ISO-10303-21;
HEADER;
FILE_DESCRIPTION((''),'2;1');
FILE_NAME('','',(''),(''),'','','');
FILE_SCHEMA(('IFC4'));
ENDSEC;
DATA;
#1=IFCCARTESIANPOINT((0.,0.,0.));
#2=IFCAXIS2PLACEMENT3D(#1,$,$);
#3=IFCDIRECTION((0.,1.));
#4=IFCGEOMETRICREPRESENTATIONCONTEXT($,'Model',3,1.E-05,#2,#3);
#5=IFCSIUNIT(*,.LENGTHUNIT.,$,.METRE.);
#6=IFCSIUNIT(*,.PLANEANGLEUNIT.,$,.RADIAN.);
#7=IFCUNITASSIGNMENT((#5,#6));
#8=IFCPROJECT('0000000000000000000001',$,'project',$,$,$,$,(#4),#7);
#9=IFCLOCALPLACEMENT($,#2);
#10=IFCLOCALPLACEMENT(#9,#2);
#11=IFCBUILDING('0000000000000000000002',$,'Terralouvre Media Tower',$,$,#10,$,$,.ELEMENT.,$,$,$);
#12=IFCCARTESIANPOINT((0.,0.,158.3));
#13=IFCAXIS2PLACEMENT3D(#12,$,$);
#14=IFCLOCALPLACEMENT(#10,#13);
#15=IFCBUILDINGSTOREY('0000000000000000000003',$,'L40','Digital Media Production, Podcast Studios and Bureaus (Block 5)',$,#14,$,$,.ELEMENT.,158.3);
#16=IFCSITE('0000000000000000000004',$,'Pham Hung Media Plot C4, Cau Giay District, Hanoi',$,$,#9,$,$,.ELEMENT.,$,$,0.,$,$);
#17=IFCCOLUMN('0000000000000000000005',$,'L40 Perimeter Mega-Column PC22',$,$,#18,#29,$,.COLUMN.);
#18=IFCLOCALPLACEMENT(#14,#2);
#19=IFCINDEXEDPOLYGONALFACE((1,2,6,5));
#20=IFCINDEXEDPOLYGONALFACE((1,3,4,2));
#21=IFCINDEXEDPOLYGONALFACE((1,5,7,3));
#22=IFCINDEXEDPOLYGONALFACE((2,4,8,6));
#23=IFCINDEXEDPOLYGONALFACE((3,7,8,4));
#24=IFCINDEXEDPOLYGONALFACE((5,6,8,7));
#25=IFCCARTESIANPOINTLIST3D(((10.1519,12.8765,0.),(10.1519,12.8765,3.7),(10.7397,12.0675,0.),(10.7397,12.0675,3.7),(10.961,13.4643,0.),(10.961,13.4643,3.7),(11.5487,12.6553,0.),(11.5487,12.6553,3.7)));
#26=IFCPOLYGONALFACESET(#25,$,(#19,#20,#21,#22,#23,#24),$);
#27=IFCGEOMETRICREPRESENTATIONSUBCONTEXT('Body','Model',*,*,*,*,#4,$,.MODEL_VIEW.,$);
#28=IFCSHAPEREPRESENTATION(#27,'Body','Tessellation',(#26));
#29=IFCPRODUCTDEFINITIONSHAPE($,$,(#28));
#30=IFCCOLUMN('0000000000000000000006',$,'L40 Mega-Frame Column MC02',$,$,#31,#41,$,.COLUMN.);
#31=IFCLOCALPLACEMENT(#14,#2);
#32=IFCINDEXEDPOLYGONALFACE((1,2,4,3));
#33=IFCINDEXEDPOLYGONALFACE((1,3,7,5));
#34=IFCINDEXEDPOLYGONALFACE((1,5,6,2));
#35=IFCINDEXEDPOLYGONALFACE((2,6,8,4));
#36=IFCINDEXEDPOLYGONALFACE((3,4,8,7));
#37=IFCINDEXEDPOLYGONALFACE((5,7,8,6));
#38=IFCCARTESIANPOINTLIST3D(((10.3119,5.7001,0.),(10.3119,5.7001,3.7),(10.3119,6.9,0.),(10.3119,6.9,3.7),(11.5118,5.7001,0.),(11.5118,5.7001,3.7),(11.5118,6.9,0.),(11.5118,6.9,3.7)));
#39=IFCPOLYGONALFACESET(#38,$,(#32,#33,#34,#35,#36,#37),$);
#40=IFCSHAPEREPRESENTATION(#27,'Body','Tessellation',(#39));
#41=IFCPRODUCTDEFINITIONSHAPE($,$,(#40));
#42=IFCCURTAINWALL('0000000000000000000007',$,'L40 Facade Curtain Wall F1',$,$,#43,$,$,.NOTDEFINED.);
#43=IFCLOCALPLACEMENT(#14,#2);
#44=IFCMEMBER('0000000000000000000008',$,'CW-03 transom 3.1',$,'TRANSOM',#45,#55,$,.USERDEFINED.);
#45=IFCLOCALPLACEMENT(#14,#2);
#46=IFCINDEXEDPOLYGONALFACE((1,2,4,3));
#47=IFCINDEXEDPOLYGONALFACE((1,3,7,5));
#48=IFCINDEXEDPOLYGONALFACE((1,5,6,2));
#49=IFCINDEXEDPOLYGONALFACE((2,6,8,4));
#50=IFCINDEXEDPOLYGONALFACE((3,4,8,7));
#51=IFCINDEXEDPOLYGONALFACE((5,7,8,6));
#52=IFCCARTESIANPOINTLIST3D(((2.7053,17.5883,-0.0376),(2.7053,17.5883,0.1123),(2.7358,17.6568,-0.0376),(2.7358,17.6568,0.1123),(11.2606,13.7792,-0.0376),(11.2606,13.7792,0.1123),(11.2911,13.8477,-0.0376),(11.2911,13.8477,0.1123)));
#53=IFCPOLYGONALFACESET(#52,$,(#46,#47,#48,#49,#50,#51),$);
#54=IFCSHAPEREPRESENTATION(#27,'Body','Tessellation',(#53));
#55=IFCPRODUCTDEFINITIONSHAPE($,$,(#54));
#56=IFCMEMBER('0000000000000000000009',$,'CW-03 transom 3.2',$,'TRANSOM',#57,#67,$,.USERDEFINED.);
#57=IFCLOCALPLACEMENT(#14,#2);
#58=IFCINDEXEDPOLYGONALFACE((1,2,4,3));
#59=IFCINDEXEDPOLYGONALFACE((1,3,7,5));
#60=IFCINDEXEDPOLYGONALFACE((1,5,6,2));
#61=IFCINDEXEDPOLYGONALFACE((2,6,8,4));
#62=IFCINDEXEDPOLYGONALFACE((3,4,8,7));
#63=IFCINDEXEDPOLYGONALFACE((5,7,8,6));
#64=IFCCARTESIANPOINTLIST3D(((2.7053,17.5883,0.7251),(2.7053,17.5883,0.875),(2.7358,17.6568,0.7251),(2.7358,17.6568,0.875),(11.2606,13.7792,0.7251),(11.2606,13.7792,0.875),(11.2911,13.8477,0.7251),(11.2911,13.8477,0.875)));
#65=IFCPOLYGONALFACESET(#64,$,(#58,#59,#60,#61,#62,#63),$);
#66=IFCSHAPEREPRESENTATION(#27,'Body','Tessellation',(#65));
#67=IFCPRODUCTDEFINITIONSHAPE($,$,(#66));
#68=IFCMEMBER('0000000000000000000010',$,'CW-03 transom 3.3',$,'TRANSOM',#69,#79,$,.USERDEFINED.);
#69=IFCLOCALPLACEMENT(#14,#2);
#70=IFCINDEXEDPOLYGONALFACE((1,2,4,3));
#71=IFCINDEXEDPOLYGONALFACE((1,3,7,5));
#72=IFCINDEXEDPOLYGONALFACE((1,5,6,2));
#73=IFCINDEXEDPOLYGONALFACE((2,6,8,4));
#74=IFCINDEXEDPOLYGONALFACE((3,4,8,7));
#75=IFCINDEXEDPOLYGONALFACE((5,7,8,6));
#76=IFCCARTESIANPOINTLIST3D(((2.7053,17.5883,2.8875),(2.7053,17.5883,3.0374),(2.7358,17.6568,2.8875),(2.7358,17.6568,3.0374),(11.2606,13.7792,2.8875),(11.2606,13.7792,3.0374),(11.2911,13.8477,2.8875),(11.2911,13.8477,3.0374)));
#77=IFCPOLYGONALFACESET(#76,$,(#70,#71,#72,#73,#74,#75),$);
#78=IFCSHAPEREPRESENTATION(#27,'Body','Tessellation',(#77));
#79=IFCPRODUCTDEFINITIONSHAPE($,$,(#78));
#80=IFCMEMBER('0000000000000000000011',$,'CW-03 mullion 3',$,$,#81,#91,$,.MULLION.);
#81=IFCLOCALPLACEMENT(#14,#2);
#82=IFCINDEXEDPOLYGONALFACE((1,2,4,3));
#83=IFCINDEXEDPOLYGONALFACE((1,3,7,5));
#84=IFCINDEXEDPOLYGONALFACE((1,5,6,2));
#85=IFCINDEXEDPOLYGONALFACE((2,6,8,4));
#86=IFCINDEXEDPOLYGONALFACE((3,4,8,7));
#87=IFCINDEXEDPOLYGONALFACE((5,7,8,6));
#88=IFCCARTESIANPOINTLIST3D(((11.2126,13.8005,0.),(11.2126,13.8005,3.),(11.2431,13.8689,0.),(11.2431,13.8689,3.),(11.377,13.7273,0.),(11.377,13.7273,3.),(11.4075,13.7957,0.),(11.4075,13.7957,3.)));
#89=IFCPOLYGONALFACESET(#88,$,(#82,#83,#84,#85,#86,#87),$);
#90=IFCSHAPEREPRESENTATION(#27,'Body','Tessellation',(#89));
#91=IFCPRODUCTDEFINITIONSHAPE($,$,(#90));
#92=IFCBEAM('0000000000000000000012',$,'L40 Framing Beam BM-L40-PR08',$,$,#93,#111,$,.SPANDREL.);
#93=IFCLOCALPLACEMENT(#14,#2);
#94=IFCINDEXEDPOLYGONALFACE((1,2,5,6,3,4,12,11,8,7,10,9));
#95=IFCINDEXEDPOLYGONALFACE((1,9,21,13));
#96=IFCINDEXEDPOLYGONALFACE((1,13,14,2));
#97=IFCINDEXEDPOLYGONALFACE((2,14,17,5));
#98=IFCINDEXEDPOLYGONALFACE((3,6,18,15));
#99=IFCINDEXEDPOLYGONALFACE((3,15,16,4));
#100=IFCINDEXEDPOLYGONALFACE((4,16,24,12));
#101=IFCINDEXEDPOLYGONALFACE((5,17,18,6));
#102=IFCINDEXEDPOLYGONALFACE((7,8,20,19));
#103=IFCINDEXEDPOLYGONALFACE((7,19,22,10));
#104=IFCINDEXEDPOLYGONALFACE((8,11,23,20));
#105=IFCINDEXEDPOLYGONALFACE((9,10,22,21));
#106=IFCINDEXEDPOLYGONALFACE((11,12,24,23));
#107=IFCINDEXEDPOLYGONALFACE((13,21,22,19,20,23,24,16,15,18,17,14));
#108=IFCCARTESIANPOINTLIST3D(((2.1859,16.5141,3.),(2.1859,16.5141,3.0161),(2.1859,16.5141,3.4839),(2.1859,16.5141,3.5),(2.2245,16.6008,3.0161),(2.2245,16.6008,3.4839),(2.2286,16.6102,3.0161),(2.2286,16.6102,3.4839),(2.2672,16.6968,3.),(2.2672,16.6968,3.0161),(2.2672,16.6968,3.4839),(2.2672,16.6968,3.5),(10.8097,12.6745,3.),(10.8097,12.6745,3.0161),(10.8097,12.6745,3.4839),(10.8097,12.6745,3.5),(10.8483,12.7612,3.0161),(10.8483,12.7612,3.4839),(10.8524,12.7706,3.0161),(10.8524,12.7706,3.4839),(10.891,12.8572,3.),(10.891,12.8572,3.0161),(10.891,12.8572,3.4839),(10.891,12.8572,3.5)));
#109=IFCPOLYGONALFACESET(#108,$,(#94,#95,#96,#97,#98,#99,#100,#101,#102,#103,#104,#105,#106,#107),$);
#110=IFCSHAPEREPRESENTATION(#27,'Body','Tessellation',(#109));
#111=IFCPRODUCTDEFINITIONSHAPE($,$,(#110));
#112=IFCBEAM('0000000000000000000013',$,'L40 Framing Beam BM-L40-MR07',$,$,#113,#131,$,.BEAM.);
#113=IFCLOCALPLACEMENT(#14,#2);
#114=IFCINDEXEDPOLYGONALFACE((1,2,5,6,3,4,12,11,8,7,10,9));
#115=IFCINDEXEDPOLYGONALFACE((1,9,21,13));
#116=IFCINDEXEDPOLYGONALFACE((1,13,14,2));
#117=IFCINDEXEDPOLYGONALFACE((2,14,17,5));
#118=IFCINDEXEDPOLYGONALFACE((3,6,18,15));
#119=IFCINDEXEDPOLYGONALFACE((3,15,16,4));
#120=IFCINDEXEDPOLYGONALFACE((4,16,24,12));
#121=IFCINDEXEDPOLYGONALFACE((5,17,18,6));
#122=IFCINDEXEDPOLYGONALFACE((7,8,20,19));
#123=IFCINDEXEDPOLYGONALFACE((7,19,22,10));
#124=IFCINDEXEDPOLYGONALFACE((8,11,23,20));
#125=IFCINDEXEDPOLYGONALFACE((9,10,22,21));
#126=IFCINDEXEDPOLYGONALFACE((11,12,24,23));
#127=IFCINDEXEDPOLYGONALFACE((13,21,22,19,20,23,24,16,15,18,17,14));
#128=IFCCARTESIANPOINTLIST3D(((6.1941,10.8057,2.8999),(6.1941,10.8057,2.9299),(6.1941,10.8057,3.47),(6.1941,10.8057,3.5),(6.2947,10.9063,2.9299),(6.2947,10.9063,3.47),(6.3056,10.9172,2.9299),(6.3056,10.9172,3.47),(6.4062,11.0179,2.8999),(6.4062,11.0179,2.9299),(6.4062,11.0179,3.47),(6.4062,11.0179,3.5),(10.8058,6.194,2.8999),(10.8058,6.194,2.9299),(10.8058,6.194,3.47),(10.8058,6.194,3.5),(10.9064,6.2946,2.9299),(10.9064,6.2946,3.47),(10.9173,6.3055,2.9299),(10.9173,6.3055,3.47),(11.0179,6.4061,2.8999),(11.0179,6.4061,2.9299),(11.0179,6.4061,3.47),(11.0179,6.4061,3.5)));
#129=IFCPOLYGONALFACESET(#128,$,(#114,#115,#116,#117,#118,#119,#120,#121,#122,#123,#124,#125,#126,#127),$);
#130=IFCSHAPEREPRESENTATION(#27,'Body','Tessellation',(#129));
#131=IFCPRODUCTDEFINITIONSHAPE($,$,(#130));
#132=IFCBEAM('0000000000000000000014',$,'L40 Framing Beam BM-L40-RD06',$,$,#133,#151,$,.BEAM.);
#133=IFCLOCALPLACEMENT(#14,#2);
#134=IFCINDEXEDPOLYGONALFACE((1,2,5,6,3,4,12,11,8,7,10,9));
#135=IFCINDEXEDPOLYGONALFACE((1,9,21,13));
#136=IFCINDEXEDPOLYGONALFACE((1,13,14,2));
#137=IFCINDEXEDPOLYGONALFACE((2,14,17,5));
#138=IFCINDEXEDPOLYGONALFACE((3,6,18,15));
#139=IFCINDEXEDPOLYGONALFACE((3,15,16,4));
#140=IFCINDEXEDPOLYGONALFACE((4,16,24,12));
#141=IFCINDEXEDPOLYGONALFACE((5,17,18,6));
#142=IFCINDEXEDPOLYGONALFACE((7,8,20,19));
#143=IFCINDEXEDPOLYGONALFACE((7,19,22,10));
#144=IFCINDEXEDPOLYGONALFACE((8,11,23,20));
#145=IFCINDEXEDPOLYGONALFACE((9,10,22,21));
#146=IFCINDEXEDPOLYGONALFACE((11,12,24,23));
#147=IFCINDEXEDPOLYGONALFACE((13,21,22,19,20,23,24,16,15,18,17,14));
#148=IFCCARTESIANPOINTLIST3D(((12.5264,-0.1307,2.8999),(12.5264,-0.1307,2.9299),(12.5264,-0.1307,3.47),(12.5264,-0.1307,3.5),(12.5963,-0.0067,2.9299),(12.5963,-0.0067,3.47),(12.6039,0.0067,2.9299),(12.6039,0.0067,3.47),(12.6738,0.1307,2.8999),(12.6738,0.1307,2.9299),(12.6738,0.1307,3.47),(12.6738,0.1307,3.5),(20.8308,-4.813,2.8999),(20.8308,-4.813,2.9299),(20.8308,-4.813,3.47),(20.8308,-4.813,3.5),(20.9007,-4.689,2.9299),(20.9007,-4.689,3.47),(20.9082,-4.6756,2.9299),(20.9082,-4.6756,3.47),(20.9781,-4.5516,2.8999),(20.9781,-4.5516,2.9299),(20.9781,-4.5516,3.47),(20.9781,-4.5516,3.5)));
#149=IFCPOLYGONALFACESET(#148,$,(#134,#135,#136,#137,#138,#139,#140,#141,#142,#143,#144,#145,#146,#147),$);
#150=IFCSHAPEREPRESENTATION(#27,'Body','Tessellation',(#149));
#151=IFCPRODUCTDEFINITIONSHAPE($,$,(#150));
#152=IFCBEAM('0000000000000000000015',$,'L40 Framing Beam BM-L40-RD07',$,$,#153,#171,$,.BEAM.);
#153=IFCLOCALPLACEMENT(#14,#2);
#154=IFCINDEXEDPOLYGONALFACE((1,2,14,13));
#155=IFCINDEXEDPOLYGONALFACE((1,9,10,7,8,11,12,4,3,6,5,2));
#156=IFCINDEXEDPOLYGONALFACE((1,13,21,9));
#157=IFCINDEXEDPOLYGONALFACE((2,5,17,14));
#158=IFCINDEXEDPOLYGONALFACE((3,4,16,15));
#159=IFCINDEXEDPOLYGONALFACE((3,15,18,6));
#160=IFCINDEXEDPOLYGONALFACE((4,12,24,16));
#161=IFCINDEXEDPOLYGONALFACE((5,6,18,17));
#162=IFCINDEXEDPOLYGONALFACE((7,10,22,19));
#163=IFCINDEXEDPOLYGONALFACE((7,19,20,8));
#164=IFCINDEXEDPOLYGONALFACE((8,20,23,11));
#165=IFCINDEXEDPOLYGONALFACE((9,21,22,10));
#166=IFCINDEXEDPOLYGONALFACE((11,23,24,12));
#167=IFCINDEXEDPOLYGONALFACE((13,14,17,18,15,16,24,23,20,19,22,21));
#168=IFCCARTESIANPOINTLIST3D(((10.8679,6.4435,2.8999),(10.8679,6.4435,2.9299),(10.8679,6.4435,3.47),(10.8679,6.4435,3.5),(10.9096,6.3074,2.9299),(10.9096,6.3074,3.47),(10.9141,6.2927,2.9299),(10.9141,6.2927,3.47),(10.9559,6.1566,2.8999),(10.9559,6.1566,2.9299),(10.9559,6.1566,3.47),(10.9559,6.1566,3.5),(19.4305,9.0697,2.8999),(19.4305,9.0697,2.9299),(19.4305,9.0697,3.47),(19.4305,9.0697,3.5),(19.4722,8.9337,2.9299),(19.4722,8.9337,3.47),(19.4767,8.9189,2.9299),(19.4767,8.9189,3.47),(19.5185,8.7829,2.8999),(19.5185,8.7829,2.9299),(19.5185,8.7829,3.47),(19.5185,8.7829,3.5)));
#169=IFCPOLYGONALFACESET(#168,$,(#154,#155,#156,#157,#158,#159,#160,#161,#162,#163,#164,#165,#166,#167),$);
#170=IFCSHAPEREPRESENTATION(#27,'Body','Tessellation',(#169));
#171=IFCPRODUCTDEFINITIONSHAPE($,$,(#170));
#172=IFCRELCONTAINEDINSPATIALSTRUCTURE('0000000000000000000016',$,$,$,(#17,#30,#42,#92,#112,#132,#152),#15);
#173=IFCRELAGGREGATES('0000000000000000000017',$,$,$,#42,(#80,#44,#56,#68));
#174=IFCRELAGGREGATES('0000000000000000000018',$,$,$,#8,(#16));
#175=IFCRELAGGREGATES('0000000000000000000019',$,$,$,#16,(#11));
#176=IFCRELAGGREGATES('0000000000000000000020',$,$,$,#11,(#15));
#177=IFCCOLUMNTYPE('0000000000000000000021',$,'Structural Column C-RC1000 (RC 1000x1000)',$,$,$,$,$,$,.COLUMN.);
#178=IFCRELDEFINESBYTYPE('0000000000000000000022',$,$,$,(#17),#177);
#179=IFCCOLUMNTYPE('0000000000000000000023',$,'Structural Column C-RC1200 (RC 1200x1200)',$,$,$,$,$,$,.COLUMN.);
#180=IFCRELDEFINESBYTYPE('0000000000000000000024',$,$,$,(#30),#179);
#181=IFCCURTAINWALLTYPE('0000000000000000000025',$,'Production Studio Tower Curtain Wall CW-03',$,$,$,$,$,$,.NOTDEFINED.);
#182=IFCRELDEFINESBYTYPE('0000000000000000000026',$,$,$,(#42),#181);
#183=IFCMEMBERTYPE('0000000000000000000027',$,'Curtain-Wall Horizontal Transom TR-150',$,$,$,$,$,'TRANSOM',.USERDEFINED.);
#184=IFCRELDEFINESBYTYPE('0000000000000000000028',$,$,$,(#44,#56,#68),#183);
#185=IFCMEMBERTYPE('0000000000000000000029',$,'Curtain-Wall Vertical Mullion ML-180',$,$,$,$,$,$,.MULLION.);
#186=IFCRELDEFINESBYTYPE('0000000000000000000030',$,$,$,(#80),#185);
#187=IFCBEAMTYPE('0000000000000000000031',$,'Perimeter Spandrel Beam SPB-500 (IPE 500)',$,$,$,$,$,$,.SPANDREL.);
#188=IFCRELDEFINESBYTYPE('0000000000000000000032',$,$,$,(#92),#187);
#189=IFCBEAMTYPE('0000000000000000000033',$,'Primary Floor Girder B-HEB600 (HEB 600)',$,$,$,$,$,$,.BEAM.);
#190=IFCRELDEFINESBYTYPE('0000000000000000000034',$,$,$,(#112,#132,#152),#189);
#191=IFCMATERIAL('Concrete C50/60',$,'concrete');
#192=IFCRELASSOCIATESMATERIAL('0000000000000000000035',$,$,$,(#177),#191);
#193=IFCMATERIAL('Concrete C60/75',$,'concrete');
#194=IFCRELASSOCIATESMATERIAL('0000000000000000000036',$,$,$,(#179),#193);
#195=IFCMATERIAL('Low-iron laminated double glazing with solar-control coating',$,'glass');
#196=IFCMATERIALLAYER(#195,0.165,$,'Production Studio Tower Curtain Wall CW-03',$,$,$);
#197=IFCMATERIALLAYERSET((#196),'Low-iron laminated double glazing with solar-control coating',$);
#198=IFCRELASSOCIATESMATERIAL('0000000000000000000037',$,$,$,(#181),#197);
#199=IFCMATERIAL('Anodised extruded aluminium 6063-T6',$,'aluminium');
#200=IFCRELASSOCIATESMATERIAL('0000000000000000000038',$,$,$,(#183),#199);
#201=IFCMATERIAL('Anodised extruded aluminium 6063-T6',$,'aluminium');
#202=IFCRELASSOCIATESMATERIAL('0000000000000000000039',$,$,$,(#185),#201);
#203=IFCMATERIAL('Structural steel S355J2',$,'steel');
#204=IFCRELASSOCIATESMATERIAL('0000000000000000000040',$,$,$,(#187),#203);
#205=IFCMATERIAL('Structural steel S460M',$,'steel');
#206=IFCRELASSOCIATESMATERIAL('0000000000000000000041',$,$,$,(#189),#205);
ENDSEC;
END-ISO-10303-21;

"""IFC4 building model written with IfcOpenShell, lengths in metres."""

from ifc_helpers import new_model, si_unit, direction, frame, origin, origin_2d, place, context, subcontext, project, spatial, rectangle, i_section, extrude, material, layer, layer_set, material_profile, profile_set, type_object, element, aggregate, save


model = new_model("IFC4")

# Units and contexts
model_context = context("Model", 3, precision=1e-05, world=origin(), true_north=direction((0.0, 1.0)))
body_context = subcontext(model_context, "Body", "Model", "MODEL_VIEW")
ifc_project = project(units=[si_unit("LENGTHUNIT", "METRE"), si_unit("PLANEANGLEUNIT", "RADIAN")], contexts=[model_context])

# Site, building, storey
site_placement = place(None, origin())
site = spatial("IfcSite", under=ifc_project, at=site_placement, Name="Pham Hung Media Plot C4, Cau Giay District, Hanoi", CompositionType="ELEMENT", RefElevation=0.0)
building_placement = place(site_placement, origin())
building = spatial("IfcBuilding", under=site, at=building_placement, Name="Terralouvre Media Tower", CompositionType="ELEMENT")
storey_placement = place(building_placement, frame((0.0, 0.0, 158.3)))
storey = spatial("IfcBuildingStorey", under=building, at=storey_placement, Name="L40", Description="Digital Media Production, Podcast Studios and Bureaus (Block 5)", CompositionType="ELEMENT", Elevation=158.3)

# Columns
ifc_material_1 = material(Name="Concrete C50/60", Category="concrete")
ifc_material_profile_1 = material_profile(ifc_material_1, rectangle(XDim=1.0, YDim=1.0, at=origin_2d()), Name="RC 1000x1000")
ifc_profile_set_1 = profile_set([ifc_material_profile_1], Name="Concrete C50/60")
column_type_1 = type_object("IfcColumnType", Name="Structural Column C-RC1000 (RC 1000x1000)", PredefinedType="COLUMN", material=ifc_profile_set_1)
column_1_placement = place(storey_placement, frame((10.8503, 12.7659, 0.0), z_axis=(0.0, 0.0, 1.0), x_axis=(0.809017, 0.587785, 0.0)))
element("IfcColumn", 1, at=column_1_placement, inside=storey, type_object=column_type_1, Name="L40 Perimeter Mega-Column PC22", PredefinedType="COLUMN", context=body_context, shape_type="SweptSolid", body=[
    extrude(rectangle(XDim=1.0, YDim=1.0, at=origin_2d()), origin(), (0.0, 0.0, 1.0), 3.7),
])
ifc_material_2 = material(Name="Concrete C60/75", Category="concrete")
ifc_material_profile_2 = material_profile(ifc_material_2, rectangle(XDim=1.2, YDim=1.2, at=origin_2d()), Name="RC 1200x1200")
ifc_profile_set_2 = profile_set([ifc_material_profile_2], Name="Concrete C60/75")
column_type_2 = type_object("IfcColumnType", Name="Structural Column C-RC1200 (RC 1200x1200)", PredefinedType="COLUMN", material=ifc_profile_set_2)
column_2_placement = place(storey_placement, frame((10.9119, 6.3, 0.0), z_axis=(0.0, 0.0, 1.0), x_axis=(1.0, 0.0, 0.0)))
element("IfcColumn", 2, at=column_2_placement, inside=storey, type_object=column_type_2, Name="L40 Mega-Frame Column MC02", PredefinedType="COLUMN", context=body_context, shape_type="SweptSolid", body=[
    extrude(rectangle(XDim=1.2, YDim=1.2, at=origin_2d()), origin(), (0.0, 0.0, 1.0), 3.7),
])

# Curtain wall, members
ifc_material_3 = material(Name="Low-iron laminated double glazing with solar-control coating", Category="glass")
ifc_layer_1 = layer(ifc_material_3, 0.165, Name="Production Studio Tower Curtain Wall CW-03")
ifc_layer_set_1 = layer_set([ifc_layer_1], Name="Low-iron laminated double glazing with solar-control coating")
curtain_wall_type = type_object("IfcCurtainWallType", Name="Production Studio Tower Curtain Wall CW-03", PredefinedType="NOTDEFINED", material=ifc_layer_set_1)
curtain_wall_placement = place(storey_placement, origin())
curtain_wall = element("IfcCurtainWall", 3, at=curtain_wall_placement, inside=storey, type_object=curtain_wall_type, Name="L40 Facade Curtain Wall F1", PredefinedType="NOTDEFINED")
ifc_material_4 = material(Name="Anodised extruded aluminium 6063-T6", Category="aluminium")
ifc_material_profile_3 = material_profile(ifc_material_4, rectangle(XDim=0.075, YDim=0.1499, at=origin_2d()), Name="ALU 75x150")
ifc_profile_set_3 = profile_set([ifc_material_profile_3], Name="Anodised extruded aluminium 6063-T6")
member_type_1 = type_object("IfcMemberType", Name="Curtain-Wall Horizontal Transom TR-150", ElementType="TRANSOM", PredefinedType="USERDEFINED", material=ifc_profile_set_3)
member_1_placement = place(storey_placement, frame((11.2759, 13.8135, 0.0374), z_axis=(-0.913547, 0.406733, 0.0), x_axis=(-0.406733, -0.913547, 0.0)))
member_1 = element("IfcMember", 4, at=member_1_placement, type_object=member_type_1, Name="CW-03 transom 3.1", ObjectType="TRANSOM", PredefinedType="USERDEFINED", context=body_context, shape_type="SweptSolid", body=[
    extrude(rectangle(XDim=0.075, YDim=0.1499, at=origin_2d()), origin(), (0.0, 0.0, 1.0), 9.365),
])
member_2_placement = place(storey_placement, frame((11.2759, 13.8135, 0.8), z_axis=(-0.913547, 0.406733, 0.0), x_axis=(-0.406733, -0.913547, 0.0)))
member_2 = element("IfcMember", 5, at=member_2_placement, type_object=member_type_1, Name="CW-03 transom 3.2", ObjectType="TRANSOM", PredefinedType="USERDEFINED", context=body_context, shape_type="SweptSolid", body=[
    extrude(rectangle(XDim=0.075, YDim=0.1499, at=origin_2d()), origin(), (0.0, 0.0, 1.0), 9.365),
])
member_3_placement = place(storey_placement, frame((11.2759, 13.8135, 2.9624), z_axis=(-0.913547, 0.406733, 0.0), x_axis=(-0.406733, -0.913547, 0.0)))
member_3 = element("IfcMember", 6, at=member_3_placement, type_object=member_type_1, Name="CW-03 transom 3.3", ObjectType="TRANSOM", PredefinedType="USERDEFINED", context=body_context, shape_type="SweptSolid", body=[
    extrude(rectangle(XDim=0.075, YDim=0.1499, at=origin_2d()), origin(), (0.0, 0.0, 1.0), 9.365),
])
ifc_material_5 = material(Name="Anodised extruded aluminium 6063-T6", Category="aluminium")
ifc_material_profile_4 = material_profile(ifc_material_5, rectangle(XDim=0.075, YDim=0.1799, at=origin_2d()), Name="ALU 75x180")
ifc_profile_set_4 = profile_set([ifc_material_profile_4], Name="Anodised extruded aluminium 6063-T6")
member_type_2 = type_object("IfcMemberType", Name="Curtain-Wall Vertical Mullion ML-180", PredefinedType="MULLION", material=ifc_profile_set_4)
member_4_placement = place(storey_placement, frame((11.3101, 13.7981, 0.0), z_axis=(0.0, 0.0, 1.0), x_axis=(-0.406737, -0.913545, 0.0)))
member_4 = element("IfcMember", 7, at=member_4_placement, type_object=member_type_2, Name="CW-03 mullion 3", PredefinedType="MULLION", context=body_context, shape_type="SweptSolid", body=[
    extrude(rectangle(XDim=0.075, YDim=0.1799, at=origin_2d()), origin(), (0.0, 0.0, 1.0), 3.0),
])
aggregate(curtain_wall, [member_4, member_1, member_2, member_3])

# Beams
ifc_material_6 = material(Name="Structural steel S355J2", Category="steel")
ifc_material_profile_5 = material_profile(ifc_material_6, i_section(OverallWidth=0.2, OverallDepth=0.5, WebThickness=0.0103, FlangeThickness=0.0161, at=origin_2d()), Name="IPE 500")
ifc_profile_set_5 = profile_set([ifc_material_profile_5], Name="Structural steel S355J2")
beam_type_1 = type_object("IfcBeamType", Name="Perimeter Spandrel Beam SPB-500 (IPE 500)", PredefinedType="SPANDREL", material=ifc_profile_set_5)
beam_1_placement = place(storey_placement, frame((10.8503, 12.7659, 3.25), z_axis=(-0.913544, 0.406741, 0.0), x_axis=(-0.406741, -0.913544, 0.0)))
element("IfcBeam", 8, at=beam_1_placement, inside=storey, type_object=beam_type_1, Name="L40 Framing Beam BM-L40-PR08", PredefinedType="SPANDREL", context=body_context, shape_type="SweptSolid", body=[
    extrude(i_section(OverallWidth=0.2, OverallDepth=0.5, WebThickness=0.0103, FlangeThickness=0.0161, at=origin_2d()), origin(), (0.0, 0.0, 1.0), 9.4399),
])
ifc_material_7 = material(Name="Structural steel S460M", Category="steel")
ifc_material_profile_6 = material_profile(ifc_material_7, i_section(OverallWidth=0.3, OverallDepth=0.6001, WebThickness=0.0154, FlangeThickness=0.03, at=origin_2d()), Name="HEB 600")
ifc_profile_set_6 = profile_set([ifc_material_profile_6], Name="Structural steel S460M")
beam_type_2 = type_object("IfcBeamType", Name="Primary Floor Girder B-HEB600 (HEB 600)", PredefinedType="BEAM", material=ifc_profile_set_6)
beam_2_placement = place(storey_placement, frame((10.9119, 6.3, 3.2), z_axis=(-0.707107, 0.707107, 0.0), x_axis=(-0.707107, -0.707107, 0.0)))
element("IfcBeam", 9, at=beam_2_placement, inside=storey, type_object=beam_type_2, Name="L40 Framing Beam BM-L40-MR07", PredefinedType="BEAM", context=body_context, shape_type="SweptSolid", body=[
    extrude(i_section(OverallWidth=0.3, OverallDepth=0.6001, WebThickness=0.0154, FlangeThickness=0.03, at=origin_2d()), origin(), (0.0, 0.0, 1.0), 6.522),
])
beam_3_placement = place(storey_placement, frame((12.6001, 0.0, 3.2), z_axis=(0.871077, -0.491147, 0.0), x_axis=(0.491147, 0.871077, 0.0)))
element("IfcBeam", 10, at=beam_3_placement, inside=storey, type_object=beam_type_2, Name="L40 Framing Beam BM-L40-RD06", PredefinedType="BEAM", context=body_context, shape_type="SweptSolid", body=[
    extrude(i_section(OverallWidth=0.3, OverallDepth=0.6001, WebThickness=0.0154, FlangeThickness=0.03, at=origin_2d()), origin(), (0.0, 0.0, 1.0), 9.5334),
])
beam_4_placement = place(storey_placement, frame((10.9119, 6.3, 3.2), z_axis=(0.956042, 0.293229, 0.0), x_axis=(-0.293229, 0.956042, 0.0)))
element("IfcBeam", 11, at=beam_4_placement, inside=storey, type_object=beam_type_2, Name="L40 Framing Beam BM-L40-RD07", PredefinedType="BEAM", context=body_context, shape_type="SweptSolid", body=[
    extrude(i_section(OverallWidth=0.3, OverallDepth=0.6001, WebThickness=0.0154, FlangeThickness=0.03, at=origin_2d()), origin(), (0.0, 0.0, 1.0), 8.9563),
])

save(model, "model.ifc")
